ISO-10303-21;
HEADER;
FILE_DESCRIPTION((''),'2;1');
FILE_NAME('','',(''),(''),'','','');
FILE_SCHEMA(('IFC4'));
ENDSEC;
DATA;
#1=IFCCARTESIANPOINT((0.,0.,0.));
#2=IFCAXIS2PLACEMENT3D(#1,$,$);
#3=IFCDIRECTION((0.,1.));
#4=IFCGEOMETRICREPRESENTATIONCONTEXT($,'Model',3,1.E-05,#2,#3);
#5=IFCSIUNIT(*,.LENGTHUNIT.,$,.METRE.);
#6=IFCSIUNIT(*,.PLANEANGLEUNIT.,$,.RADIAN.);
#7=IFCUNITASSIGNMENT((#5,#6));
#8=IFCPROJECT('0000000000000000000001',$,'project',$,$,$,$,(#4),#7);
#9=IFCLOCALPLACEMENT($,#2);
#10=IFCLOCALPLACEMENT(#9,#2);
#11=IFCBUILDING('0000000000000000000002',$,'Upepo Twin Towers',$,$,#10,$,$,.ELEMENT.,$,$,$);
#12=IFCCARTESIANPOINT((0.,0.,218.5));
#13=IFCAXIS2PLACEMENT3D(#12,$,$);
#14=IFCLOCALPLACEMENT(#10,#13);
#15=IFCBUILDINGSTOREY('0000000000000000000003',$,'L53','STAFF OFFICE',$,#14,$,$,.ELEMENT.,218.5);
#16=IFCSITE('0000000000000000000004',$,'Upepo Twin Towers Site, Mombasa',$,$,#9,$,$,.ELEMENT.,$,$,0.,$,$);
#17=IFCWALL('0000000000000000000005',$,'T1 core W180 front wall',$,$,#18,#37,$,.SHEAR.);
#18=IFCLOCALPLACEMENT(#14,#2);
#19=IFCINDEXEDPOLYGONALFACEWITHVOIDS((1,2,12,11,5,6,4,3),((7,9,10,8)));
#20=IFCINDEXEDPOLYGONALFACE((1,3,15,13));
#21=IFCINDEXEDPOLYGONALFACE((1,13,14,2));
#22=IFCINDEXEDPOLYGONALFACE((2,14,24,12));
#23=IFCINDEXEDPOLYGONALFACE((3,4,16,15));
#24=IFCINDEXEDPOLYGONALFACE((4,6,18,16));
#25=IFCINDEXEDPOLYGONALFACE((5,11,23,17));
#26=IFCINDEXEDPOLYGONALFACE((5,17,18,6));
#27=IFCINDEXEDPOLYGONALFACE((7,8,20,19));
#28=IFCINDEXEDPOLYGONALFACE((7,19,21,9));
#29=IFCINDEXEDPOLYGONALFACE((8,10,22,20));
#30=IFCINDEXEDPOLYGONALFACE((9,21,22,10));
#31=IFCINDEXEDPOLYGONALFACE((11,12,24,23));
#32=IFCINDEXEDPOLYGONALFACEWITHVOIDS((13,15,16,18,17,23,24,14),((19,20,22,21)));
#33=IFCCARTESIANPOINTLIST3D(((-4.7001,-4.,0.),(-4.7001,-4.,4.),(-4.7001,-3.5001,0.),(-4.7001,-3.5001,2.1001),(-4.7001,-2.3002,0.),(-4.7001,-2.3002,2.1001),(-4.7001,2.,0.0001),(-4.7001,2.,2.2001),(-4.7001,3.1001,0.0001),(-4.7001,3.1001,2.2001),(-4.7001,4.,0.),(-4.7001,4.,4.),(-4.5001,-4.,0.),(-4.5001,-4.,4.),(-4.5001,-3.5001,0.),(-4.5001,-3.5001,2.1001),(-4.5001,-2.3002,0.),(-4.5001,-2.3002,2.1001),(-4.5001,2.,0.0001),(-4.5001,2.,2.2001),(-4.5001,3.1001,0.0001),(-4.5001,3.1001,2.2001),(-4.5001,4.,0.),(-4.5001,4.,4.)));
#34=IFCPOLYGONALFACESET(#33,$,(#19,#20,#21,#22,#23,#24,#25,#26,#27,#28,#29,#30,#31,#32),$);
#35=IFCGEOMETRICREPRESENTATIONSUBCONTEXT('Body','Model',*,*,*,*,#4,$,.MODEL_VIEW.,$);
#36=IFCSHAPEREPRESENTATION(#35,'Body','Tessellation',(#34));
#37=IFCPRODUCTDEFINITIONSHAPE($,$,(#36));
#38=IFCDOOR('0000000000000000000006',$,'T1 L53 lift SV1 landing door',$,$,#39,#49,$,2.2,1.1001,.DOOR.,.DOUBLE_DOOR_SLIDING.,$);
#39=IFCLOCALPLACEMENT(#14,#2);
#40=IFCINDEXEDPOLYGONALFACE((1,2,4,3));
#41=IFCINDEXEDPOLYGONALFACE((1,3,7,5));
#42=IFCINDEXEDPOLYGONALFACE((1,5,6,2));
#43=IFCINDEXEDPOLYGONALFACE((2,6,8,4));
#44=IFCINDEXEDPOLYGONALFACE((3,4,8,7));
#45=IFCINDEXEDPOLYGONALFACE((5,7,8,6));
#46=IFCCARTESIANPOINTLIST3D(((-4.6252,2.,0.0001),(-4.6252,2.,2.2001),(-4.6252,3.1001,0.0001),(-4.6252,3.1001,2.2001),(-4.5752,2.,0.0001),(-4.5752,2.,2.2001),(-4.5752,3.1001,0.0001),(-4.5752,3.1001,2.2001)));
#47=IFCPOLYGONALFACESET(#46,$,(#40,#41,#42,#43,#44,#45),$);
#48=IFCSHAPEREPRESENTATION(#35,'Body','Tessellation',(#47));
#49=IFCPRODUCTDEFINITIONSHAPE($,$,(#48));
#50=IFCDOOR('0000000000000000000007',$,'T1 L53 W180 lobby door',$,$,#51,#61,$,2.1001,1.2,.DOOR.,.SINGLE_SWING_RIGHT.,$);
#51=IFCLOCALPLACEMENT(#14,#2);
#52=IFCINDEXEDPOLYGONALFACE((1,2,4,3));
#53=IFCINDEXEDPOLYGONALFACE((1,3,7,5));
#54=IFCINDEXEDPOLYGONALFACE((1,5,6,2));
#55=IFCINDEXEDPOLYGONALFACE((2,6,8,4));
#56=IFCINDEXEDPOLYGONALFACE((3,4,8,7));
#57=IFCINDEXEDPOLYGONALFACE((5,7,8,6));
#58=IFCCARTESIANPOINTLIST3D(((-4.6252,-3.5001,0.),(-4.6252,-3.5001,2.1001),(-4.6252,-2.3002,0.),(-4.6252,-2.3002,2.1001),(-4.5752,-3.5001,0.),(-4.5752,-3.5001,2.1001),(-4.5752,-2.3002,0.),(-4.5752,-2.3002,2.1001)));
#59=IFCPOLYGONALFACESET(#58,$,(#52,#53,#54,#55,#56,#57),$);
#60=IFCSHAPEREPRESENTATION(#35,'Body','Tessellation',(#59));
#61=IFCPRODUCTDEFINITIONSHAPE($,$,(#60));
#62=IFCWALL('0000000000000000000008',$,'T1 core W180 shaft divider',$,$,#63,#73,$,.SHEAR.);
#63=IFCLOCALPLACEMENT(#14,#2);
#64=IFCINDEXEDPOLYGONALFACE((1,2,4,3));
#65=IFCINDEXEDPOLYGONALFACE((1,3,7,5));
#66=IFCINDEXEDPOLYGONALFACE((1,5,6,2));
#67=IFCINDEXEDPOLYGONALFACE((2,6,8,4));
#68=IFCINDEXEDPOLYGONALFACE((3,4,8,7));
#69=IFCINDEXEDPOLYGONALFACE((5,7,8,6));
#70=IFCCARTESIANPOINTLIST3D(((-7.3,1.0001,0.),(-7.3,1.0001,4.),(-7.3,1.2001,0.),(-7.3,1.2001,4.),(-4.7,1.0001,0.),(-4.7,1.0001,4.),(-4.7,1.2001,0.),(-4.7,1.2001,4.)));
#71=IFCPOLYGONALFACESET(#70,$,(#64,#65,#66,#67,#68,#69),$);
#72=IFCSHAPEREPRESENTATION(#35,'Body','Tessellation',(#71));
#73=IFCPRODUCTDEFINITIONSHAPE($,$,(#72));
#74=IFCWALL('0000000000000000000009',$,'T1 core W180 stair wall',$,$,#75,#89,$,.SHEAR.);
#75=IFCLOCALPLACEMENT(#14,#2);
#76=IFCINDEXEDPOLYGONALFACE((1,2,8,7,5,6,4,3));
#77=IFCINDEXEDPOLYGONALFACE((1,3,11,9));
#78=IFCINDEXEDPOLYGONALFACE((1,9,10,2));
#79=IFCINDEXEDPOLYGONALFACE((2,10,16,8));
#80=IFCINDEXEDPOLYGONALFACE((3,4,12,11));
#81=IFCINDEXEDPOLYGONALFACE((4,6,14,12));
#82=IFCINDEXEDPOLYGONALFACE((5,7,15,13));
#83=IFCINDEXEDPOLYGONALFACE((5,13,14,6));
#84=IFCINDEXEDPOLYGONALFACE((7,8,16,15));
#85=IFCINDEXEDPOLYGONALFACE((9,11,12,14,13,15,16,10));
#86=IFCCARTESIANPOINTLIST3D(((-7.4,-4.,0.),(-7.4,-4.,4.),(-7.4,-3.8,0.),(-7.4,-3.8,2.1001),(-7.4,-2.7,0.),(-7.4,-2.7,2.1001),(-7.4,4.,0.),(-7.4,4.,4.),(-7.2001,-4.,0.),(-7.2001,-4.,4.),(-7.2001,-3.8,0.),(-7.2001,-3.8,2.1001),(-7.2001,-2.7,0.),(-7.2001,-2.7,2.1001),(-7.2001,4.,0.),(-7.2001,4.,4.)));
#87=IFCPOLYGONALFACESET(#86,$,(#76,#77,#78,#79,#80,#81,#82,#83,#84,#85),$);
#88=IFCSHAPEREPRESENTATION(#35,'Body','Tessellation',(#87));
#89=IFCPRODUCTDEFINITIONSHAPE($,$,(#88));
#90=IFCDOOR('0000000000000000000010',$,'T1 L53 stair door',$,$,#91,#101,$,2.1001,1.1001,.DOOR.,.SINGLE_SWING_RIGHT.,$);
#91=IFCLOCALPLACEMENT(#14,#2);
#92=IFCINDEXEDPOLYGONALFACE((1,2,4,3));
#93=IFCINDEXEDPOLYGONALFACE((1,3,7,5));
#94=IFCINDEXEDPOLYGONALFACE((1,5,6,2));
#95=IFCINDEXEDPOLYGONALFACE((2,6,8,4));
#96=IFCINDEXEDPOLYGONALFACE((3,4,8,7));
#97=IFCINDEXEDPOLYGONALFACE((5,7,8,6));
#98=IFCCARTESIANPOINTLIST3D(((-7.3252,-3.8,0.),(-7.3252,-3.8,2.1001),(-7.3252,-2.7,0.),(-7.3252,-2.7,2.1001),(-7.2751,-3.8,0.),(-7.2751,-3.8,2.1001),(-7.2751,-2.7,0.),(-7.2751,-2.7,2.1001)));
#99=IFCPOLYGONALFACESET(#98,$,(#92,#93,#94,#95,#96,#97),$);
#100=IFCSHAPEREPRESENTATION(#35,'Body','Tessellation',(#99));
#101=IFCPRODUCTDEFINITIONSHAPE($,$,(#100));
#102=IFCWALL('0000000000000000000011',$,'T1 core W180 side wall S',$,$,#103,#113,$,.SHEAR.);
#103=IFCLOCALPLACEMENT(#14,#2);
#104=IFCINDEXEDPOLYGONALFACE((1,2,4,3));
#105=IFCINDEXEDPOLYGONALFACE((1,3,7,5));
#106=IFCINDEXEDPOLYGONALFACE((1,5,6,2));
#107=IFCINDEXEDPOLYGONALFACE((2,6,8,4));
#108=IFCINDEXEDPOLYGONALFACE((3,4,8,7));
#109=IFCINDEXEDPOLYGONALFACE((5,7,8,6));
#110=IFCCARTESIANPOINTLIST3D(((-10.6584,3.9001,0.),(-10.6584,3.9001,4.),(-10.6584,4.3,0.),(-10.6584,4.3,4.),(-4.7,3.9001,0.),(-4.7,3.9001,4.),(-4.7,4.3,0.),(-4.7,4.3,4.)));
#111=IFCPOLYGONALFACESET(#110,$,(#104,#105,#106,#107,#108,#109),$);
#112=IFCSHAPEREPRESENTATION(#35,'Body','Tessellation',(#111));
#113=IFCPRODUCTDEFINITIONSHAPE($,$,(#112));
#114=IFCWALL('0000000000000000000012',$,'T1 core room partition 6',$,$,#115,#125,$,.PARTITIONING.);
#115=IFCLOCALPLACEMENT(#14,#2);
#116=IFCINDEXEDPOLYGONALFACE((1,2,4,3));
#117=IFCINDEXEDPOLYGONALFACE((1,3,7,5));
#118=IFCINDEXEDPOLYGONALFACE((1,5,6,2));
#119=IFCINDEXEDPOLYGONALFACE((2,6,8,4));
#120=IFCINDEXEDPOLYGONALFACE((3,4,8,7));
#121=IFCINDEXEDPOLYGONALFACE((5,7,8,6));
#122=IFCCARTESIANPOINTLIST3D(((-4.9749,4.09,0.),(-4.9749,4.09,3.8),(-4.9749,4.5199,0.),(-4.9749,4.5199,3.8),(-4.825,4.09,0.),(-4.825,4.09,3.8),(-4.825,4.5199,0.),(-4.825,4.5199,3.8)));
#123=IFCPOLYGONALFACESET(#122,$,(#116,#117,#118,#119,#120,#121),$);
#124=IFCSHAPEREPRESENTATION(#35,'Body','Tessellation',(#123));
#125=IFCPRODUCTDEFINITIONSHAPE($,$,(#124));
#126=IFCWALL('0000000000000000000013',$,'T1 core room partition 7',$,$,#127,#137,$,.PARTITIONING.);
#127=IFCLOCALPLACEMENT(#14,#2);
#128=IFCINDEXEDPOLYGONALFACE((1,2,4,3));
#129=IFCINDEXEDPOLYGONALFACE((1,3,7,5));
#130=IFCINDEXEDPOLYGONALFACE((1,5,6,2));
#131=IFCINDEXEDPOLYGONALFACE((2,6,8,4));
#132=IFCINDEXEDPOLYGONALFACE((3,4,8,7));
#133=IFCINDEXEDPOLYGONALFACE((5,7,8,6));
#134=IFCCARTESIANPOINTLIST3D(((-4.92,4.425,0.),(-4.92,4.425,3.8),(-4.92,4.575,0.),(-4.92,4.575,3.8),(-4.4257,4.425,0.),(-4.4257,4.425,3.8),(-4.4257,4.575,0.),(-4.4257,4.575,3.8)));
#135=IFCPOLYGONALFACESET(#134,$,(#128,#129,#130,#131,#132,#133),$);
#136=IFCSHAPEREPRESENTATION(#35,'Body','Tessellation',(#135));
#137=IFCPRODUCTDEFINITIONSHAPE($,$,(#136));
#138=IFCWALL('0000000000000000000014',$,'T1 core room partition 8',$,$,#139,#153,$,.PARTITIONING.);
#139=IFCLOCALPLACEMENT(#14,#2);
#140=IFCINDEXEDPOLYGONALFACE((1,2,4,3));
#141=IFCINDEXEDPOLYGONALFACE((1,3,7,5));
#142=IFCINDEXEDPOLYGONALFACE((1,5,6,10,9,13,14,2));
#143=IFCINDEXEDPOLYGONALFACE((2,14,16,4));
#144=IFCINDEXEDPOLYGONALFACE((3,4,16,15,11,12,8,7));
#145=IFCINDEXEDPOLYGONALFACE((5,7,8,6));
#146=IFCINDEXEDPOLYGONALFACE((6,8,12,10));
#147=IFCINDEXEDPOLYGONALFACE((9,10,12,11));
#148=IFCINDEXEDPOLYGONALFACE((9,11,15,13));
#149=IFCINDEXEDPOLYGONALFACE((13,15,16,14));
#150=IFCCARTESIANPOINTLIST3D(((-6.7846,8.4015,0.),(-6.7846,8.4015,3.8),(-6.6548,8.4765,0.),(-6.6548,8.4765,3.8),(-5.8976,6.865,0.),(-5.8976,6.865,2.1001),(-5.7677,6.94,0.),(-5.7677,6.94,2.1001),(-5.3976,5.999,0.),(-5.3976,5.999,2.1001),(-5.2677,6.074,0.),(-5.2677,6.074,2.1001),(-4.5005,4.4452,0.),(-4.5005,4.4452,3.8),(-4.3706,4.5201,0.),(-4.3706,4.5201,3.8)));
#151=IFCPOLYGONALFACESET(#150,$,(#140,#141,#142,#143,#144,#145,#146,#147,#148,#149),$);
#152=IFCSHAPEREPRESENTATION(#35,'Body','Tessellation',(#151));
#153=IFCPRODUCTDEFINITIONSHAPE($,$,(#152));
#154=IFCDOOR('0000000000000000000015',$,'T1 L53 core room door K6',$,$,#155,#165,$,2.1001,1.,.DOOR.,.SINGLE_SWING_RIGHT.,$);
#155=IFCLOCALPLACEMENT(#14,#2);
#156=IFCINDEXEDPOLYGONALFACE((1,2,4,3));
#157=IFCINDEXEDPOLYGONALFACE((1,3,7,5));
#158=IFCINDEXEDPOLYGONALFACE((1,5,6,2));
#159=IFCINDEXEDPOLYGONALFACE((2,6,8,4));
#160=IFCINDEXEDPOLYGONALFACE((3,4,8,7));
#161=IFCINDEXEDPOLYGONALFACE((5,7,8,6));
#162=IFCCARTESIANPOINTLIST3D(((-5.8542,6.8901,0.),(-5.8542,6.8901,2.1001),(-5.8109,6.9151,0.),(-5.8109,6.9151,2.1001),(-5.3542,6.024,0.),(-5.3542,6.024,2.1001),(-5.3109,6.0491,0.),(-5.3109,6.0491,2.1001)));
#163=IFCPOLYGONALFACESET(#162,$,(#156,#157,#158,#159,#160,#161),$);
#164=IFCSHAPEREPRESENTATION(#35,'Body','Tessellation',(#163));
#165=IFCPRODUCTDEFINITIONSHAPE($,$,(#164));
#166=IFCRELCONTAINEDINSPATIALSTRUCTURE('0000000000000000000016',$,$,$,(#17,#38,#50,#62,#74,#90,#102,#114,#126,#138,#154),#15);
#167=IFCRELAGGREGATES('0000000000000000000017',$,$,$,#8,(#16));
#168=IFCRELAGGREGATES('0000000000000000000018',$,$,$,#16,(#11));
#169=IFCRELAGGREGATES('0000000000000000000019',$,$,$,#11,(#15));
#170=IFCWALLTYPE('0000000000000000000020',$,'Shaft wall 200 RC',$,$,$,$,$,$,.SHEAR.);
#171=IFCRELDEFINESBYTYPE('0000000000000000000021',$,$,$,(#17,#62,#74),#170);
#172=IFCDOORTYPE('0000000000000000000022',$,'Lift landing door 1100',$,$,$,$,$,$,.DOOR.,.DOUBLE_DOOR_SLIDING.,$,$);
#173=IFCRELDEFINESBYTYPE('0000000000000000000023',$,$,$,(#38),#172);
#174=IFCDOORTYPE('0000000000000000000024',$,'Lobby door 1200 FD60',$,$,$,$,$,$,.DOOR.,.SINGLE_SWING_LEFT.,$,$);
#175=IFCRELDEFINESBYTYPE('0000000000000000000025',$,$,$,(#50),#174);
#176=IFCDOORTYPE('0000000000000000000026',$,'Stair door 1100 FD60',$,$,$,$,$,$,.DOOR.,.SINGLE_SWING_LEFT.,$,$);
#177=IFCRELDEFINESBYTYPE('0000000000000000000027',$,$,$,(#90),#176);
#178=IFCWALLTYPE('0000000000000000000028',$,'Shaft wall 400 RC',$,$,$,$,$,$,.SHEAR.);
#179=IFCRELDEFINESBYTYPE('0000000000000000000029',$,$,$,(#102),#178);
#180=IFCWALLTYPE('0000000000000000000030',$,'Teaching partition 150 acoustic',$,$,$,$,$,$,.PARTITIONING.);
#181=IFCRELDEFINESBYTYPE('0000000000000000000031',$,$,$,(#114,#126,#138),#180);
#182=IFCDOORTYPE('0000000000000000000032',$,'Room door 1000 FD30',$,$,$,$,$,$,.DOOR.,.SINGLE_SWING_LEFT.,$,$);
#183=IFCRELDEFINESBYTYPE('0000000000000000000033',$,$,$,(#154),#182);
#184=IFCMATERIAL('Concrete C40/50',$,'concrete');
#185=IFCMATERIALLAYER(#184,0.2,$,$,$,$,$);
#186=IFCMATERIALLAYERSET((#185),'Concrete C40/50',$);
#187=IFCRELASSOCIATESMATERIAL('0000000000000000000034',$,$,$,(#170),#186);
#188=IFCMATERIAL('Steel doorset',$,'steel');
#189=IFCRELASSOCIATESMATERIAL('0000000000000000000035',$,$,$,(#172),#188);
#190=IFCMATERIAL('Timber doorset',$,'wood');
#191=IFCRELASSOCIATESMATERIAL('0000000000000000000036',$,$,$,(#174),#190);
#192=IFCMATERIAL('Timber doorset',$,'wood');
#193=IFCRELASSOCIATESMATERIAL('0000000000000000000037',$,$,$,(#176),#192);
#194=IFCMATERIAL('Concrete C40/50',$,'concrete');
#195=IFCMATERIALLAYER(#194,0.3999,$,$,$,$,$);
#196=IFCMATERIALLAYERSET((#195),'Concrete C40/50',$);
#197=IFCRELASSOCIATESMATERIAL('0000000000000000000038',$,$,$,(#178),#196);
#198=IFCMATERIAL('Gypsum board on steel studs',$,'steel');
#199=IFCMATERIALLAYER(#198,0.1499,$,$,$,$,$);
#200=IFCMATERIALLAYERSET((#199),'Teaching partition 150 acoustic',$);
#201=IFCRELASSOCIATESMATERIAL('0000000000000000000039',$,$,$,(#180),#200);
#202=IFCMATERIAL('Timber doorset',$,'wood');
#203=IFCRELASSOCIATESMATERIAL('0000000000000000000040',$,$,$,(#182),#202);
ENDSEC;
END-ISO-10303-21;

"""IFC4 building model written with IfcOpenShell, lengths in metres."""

from ifc_helpers import new_model, si_unit, direction, frame, frame_2d, origin, place, context, subcontext, project, spatial, rectangle, extrude, material, layer, layer_set, type_object, element, fill, save


model = new_model("IFC4")

# Units and contexts
model_context = context("Model", 3, precision=1e-05, world=origin(), true_north=direction((0.0, 1.0)))
body_context = subcontext(model_context, "Body", "Model", "MODEL_VIEW")
ifc_project = project(units=[si_unit("LENGTHUNIT", "METRE"), si_unit("PLANEANGLEUNIT", "RADIAN")], contexts=[model_context])

# Site, building, storey
site_placement = place(None, origin())
site = spatial("IfcSite", under=ifc_project, at=site_placement, Name="Upepo Twin Towers Site, Mombasa", CompositionType="ELEMENT", RefElevation=0.0)
building_placement = place(site_placement, origin())
building = spatial("IfcBuilding", under=site, at=building_placement, Name="Upepo Twin Towers", CompositionType="ELEMENT")
storey_placement = place(building_placement, frame((0.0, 0.0, 218.5)))
storey = spatial("IfcBuildingStorey", under=building, at=storey_placement, Name="L53", Description="STAFF OFFICE", CompositionType="ELEMENT", Elevation=218.5)

# Wall, openings, doors
ifc_material_1 = material(Name="Concrete C40/50", Category="concrete")
ifc_layer_1 = layer(ifc_material_1, 0.2)
ifc_layer_set_1 = layer_set([ifc_layer_1], Name="Concrete C40/50")
wall_type_1 = type_object("IfcWallType", Name="Shaft wall 200 RC", PredefinedType="SHEAR", material=ifc_layer_set_1)
wall_1_placement = place(storey_placement, frame((-4.6001, 4.0, 0.0), z_axis=(0.0, 0.0, 1.0), x_axis=(0.0, -1.0, 0.0)))
wall_1 = element("IfcWall", 1, at=wall_1_placement, inside=storey, type_object=wall_type_1, Name="T1 core W180 front wall", PredefinedType="SHEAR", context=body_context, shape_type="SweptSolid", body=[
    extrude(rectangle(XDim=8.0, YDim=0.2, at=frame_2d((4.0, 0.0))), origin(), (0.0, 0.0, 1.0), 4.0),
])
opening_1_placement = place(wall_1_placement, frame((6.3, 0.0, 0.0)))
opening_1 = element("IfcOpeningElement", 2, at=opening_1_placement, cuts=wall_1, PredefinedType="OPENING", context=body_context, shape_type="SweptSolid", body=[
    extrude(rectangle(XDim=1.2, YDim=2.1001, at=frame_2d((0.6001, 1.05))), frame((0.0, 0.1099, 0.0), z_axis=(0.0, -1.0, 0.0), x_axis=(1.0, 0.0, 0.0)), (0.0, 0.0, 1.0), 0.22),
])
opening_2_placement = place(wall_1_placement, frame((0.8999, 0.0, 0.0)))
opening_2 = element("IfcOpeningElement", 3, at=opening_2_placement, cuts=wall_1, PredefinedType="OPENING", context=body_context, shape_type="SweptSolid", body=[
    extrude(rectangle(XDim=1.1001, YDim=2.2, at=frame_2d((0.55, 1.1001))), frame((0.0, 0.1099, 0.0), z_axis=(0.0, -1.0, 0.0), x_axis=(1.0, 0.0, 0.0)), (0.0, 0.0, 1.0), 0.22),
])
ifc_material_2 = material(Name="Steel doorset", Category="steel")
door_type_1 = type_object("IfcDoorType", Name="Lift landing door 1100", OperationType="DOUBLE_DOOR_SLIDING", PredefinedType="DOOR", material=ifc_material_2)
door_1_placement = place(opening_2_placement, origin())
door_1 = element("IfcDoor", 4, at=door_1_placement, inside=storey, type_object=door_type_1, Name="T1 L53 lift SV1 landing door", OperationType="DOUBLE_DOOR_SLIDING", OverallHeight=2.2, OverallWidth=1.1001, PredefinedType="DOOR", context=body_context, shape_type="SweptSolid", body=[
    extrude(rectangle(XDim=1.1001, YDim=2.2, at=frame_2d((0.55, 1.1001))), frame((0.0, 0.0249, 0.0), z_axis=(0.0, -1.0, 0.0), x_axis=(1.0, 0.0, 0.0)), (0.0, 0.0, 1.0), 0.05),
])
fill(opening_2, door_1)
ifc_material_3 = material(Name="Timber doorset", Category="wood")
door_type_2 = type_object("IfcDoorType", Name="Lobby door 1200 FD60", OperationType="SINGLE_SWING_LEFT", PredefinedType="DOOR", material=ifc_material_3)
door_2_placement = place(opening_1_placement, origin())
door_2 = element("IfcDoor", 5, at=door_2_placement, inside=storey, type_object=door_type_2, Name="T1 L53 W180 lobby door", OperationType="SINGLE_SWING_RIGHT", OverallHeight=2.1001, OverallWidth=1.2, PredefinedType="DOOR", context=body_context, shape_type="SweptSolid", body=[
    extrude(rectangle(XDim=1.2, YDim=2.1001, at=frame_2d((0.6001, 1.05))), frame((0.0, 0.0249, 0.0), z_axis=(0.0, -1.0, 0.0), x_axis=(1.0, 0.0, 0.0)), (0.0, 0.0, 1.0), 0.05),
])
fill(opening_1, door_2)

# Wall
wall_2_placement = place(storey_placement, frame((-4.7, 1.1001, 0.0), z_axis=(0.0, 0.0, 1.0), x_axis=(-1.0, 0.0, 0.0)))
element("IfcWall", 6, at=wall_2_placement, inside=storey, type_object=wall_type_1, Name="T1 core W180 shaft divider", PredefinedType="SHEAR", context=body_context, shape_type="SweptSolid", body=[
    extrude(rectangle(XDim=2.6001, YDim=0.2, at=frame_2d((1.3, 0.0))), origin(), (0.0, 0.0, 1.0), 4.0),
])

# Wall, opening, door
wall_3_placement = place(storey_placement, frame((-7.3, 4.0, 0.0), z_axis=(0.0, 0.0, 1.0), x_axis=(0.0, -1.0, 0.0)))
wall_3 = element("IfcWall", 7, at=wall_3_placement, inside=storey, type_object=wall_type_1, Name="T1 core W180 stair wall", PredefinedType="SHEAR", context=body_context, shape_type="SweptSolid", body=[
    extrude(rectangle(XDim=8.0, YDim=0.2, at=frame_2d((4.0, 0.0))), origin(), (0.0, 0.0, 1.0), 4.0),
])
opening_3_placement = place(wall_3_placement, frame((6.7, 0.0, 0.0)))
opening_3 = element("IfcOpeningElement", 8, at=opening_3_placement, cuts=wall_3, PredefinedType="OPENING", context=body_context, shape_type="SweptSolid", body=[
    extrude(rectangle(XDim=1.1001, YDim=2.1001, at=frame_2d((0.55, 1.05))), frame((0.0, 0.1099, 0.0), z_axis=(0.0, -1.0, 0.0), x_axis=(1.0, 0.0, 0.0)), (0.0, 0.0, 1.0), 0.22),
])
ifc_material_4 = material(Name="Timber doorset", Category="wood")
door_type_3 = type_object("IfcDoorType", Name="Stair door 1100 FD60", OperationType="SINGLE_SWING_LEFT", PredefinedType="DOOR", material=ifc_material_4)
door_3_placement = place(opening_3_placement, origin())
door_3 = element("IfcDoor", 9, at=door_3_placement, inside=storey, type_object=door_type_3, Name="T1 L53 stair door", OperationType="SINGLE_SWING_RIGHT", OverallHeight=2.1001, OverallWidth=1.1001, PredefinedType="DOOR", context=body_context, shape_type="SweptSolid", body=[
    extrude(rectangle(XDim=1.1001, YDim=2.1001, at=frame_2d((0.55, 1.05))), frame((0.0, 0.0249, 0.0), z_axis=(0.0, -1.0, 0.0), x_axis=(1.0, 0.0, 0.0)), (0.0, 0.0, 1.0), 0.05),
])
fill(opening_3, door_3)

# Walls
ifc_material_5 = material(Name="Concrete C40/50", Category="concrete")
ifc_layer_2 = layer(ifc_material_5, 0.3999)
ifc_layer_set_2 = layer_set([ifc_layer_2], Name="Concrete C40/50")
wall_type_2 = type_object("IfcWallType", Name="Shaft wall 400 RC", PredefinedType="SHEAR", material=ifc_layer_set_2)
wall_4_placement = place(storey_placement, frame((-4.7, 4.1001, 0.0), z_axis=(0.0, 0.0, 1.0), x_axis=(-1.0, 0.0, 0.0)))
element("IfcWall", 10, at=wall_4_placement, inside=storey, type_object=wall_type_2, Name="T1 core W180 side wall S", PredefinedType="SHEAR", context=body_context, shape_type="SweptSolid", body=[
    extrude(rectangle(XDim=5.9585, YDim=0.3999, at=frame_2d((2.9792, 0.0))), origin(), (0.0, 0.0, 1.0), 4.0),
])
ifc_material_6 = material(Name="Gypsum board on steel studs", Category="steel")
ifc_layer_3 = layer(ifc_material_6, 0.1499)
ifc_layer_set_3 = layer_set([ifc_layer_3], Name="Teaching partition 150 acoustic")
wall_type_3 = type_object("IfcWallType", Name="Teaching partition 150 acoustic", PredefinedType="PARTITIONING", material=ifc_layer_set_3)
wall_5_placement = place(storey_placement, frame((-4.8999, 4.0901, 0.0), z_axis=(0.0, 0.0, 1.0), x_axis=(0.0, 1.0, 0.0)))
element("IfcWall", 11, at=wall_5_placement, inside=storey, type_object=wall_type_3, Name="T1 core room partition 6", PredefinedType="PARTITIONING", context=body_context, shape_type="SweptSolid", body=[
    extrude(rectangle(XDim=0.4299, YDim=0.1499, at=frame_2d((0.2148, 0.0))), origin(), (0.0, 0.0, 1.0), 3.8),
])
wall_6_placement = place(storey_placement, frame((-4.9199, 4.5, 0.0), z_axis=(0.0, 0.0, 1.0), x_axis=(1.0, 0.0, 0.0)))
element("IfcWall", 12, at=wall_6_placement, inside=storey, type_object=wall_type_3, Name="T1 core room partition 7", PredefinedType="PARTITIONING", context=body_context, shape_type="SweptSolid", body=[
    extrude(rectangle(XDim=0.4944, YDim=0.1499, at=frame_2d((0.2471, 0.0))), origin(), (0.0, 0.0, 1.0), 3.8),
])

# Wall, opening, door
wall_7_placement = place(storey_placement, frame((-4.4355, 4.4827, 0.0), z_axis=(0.0, 0.0, 1.0), x_axis=(-0.500002, 0.866025, 0.0)))
wall_7 = element("IfcWall", 13, at=wall_7_placement, inside=storey, type_object=wall_type_3, Name="T1 core room partition 8", PredefinedType="PARTITIONING", context=body_context, shape_type="SweptSolid", body=[
    extrude(rectangle(XDim=4.5684, YDim=0.1499, at=frame_2d((2.2842, 0.0))), origin(), (0.0, 0.0, 1.0), 3.8),
])
opening_4_placement = place(wall_7_placement, frame((1.7942, 0.0, 0.0)))
opening_4 = element("IfcOpeningElement", 14, at=opening_4_placement, cuts=wall_7, PredefinedType="OPENING", context=body_context, shape_type="SweptSolid", body=[
    extrude(rectangle(XDim=1.0, YDim=2.1001, at=frame_2d((0.5, 1.05))), frame((0.0, 0.085, 0.0), z_axis=(0.0, -1.0, 0.0), x_axis=(1.0, 0.0, 0.0)), (0.0, 0.0, 1.0), 0.1699),
])
ifc_material_7 = material(Name="Timber doorset", Category="wood")
door_type_4 = type_object("IfcDoorType", Name="Room door 1000 FD30", OperationType="SINGLE_SWING_LEFT", PredefinedType="DOOR", material=ifc_material_7)
door_4_placement = place(opening_4_placement, origin())
door_4 = element("IfcDoor", 15, at=door_4_placement, inside=storey, type_object=door_type_4, Name="T1 L53 core room door K6", OperationType="SINGLE_SWING_RIGHT", OverallHeight=2.1001, OverallWidth=1.0, PredefinedType="DOOR", context=body_context, shape_type="SweptSolid", body=[
    extrude(rectangle(XDim=1.0, YDim=2.1001, at=frame_2d((0.5, 1.05))), frame((0.0, 0.0249, 0.0), z_axis=(0.0, -1.0, 0.0), x_axis=(1.0, 0.0, 0.0)), (0.0, 0.0, 1.0), 0.05),
])
fill(opening_4, door_4)

save(model, "model.ifc")
